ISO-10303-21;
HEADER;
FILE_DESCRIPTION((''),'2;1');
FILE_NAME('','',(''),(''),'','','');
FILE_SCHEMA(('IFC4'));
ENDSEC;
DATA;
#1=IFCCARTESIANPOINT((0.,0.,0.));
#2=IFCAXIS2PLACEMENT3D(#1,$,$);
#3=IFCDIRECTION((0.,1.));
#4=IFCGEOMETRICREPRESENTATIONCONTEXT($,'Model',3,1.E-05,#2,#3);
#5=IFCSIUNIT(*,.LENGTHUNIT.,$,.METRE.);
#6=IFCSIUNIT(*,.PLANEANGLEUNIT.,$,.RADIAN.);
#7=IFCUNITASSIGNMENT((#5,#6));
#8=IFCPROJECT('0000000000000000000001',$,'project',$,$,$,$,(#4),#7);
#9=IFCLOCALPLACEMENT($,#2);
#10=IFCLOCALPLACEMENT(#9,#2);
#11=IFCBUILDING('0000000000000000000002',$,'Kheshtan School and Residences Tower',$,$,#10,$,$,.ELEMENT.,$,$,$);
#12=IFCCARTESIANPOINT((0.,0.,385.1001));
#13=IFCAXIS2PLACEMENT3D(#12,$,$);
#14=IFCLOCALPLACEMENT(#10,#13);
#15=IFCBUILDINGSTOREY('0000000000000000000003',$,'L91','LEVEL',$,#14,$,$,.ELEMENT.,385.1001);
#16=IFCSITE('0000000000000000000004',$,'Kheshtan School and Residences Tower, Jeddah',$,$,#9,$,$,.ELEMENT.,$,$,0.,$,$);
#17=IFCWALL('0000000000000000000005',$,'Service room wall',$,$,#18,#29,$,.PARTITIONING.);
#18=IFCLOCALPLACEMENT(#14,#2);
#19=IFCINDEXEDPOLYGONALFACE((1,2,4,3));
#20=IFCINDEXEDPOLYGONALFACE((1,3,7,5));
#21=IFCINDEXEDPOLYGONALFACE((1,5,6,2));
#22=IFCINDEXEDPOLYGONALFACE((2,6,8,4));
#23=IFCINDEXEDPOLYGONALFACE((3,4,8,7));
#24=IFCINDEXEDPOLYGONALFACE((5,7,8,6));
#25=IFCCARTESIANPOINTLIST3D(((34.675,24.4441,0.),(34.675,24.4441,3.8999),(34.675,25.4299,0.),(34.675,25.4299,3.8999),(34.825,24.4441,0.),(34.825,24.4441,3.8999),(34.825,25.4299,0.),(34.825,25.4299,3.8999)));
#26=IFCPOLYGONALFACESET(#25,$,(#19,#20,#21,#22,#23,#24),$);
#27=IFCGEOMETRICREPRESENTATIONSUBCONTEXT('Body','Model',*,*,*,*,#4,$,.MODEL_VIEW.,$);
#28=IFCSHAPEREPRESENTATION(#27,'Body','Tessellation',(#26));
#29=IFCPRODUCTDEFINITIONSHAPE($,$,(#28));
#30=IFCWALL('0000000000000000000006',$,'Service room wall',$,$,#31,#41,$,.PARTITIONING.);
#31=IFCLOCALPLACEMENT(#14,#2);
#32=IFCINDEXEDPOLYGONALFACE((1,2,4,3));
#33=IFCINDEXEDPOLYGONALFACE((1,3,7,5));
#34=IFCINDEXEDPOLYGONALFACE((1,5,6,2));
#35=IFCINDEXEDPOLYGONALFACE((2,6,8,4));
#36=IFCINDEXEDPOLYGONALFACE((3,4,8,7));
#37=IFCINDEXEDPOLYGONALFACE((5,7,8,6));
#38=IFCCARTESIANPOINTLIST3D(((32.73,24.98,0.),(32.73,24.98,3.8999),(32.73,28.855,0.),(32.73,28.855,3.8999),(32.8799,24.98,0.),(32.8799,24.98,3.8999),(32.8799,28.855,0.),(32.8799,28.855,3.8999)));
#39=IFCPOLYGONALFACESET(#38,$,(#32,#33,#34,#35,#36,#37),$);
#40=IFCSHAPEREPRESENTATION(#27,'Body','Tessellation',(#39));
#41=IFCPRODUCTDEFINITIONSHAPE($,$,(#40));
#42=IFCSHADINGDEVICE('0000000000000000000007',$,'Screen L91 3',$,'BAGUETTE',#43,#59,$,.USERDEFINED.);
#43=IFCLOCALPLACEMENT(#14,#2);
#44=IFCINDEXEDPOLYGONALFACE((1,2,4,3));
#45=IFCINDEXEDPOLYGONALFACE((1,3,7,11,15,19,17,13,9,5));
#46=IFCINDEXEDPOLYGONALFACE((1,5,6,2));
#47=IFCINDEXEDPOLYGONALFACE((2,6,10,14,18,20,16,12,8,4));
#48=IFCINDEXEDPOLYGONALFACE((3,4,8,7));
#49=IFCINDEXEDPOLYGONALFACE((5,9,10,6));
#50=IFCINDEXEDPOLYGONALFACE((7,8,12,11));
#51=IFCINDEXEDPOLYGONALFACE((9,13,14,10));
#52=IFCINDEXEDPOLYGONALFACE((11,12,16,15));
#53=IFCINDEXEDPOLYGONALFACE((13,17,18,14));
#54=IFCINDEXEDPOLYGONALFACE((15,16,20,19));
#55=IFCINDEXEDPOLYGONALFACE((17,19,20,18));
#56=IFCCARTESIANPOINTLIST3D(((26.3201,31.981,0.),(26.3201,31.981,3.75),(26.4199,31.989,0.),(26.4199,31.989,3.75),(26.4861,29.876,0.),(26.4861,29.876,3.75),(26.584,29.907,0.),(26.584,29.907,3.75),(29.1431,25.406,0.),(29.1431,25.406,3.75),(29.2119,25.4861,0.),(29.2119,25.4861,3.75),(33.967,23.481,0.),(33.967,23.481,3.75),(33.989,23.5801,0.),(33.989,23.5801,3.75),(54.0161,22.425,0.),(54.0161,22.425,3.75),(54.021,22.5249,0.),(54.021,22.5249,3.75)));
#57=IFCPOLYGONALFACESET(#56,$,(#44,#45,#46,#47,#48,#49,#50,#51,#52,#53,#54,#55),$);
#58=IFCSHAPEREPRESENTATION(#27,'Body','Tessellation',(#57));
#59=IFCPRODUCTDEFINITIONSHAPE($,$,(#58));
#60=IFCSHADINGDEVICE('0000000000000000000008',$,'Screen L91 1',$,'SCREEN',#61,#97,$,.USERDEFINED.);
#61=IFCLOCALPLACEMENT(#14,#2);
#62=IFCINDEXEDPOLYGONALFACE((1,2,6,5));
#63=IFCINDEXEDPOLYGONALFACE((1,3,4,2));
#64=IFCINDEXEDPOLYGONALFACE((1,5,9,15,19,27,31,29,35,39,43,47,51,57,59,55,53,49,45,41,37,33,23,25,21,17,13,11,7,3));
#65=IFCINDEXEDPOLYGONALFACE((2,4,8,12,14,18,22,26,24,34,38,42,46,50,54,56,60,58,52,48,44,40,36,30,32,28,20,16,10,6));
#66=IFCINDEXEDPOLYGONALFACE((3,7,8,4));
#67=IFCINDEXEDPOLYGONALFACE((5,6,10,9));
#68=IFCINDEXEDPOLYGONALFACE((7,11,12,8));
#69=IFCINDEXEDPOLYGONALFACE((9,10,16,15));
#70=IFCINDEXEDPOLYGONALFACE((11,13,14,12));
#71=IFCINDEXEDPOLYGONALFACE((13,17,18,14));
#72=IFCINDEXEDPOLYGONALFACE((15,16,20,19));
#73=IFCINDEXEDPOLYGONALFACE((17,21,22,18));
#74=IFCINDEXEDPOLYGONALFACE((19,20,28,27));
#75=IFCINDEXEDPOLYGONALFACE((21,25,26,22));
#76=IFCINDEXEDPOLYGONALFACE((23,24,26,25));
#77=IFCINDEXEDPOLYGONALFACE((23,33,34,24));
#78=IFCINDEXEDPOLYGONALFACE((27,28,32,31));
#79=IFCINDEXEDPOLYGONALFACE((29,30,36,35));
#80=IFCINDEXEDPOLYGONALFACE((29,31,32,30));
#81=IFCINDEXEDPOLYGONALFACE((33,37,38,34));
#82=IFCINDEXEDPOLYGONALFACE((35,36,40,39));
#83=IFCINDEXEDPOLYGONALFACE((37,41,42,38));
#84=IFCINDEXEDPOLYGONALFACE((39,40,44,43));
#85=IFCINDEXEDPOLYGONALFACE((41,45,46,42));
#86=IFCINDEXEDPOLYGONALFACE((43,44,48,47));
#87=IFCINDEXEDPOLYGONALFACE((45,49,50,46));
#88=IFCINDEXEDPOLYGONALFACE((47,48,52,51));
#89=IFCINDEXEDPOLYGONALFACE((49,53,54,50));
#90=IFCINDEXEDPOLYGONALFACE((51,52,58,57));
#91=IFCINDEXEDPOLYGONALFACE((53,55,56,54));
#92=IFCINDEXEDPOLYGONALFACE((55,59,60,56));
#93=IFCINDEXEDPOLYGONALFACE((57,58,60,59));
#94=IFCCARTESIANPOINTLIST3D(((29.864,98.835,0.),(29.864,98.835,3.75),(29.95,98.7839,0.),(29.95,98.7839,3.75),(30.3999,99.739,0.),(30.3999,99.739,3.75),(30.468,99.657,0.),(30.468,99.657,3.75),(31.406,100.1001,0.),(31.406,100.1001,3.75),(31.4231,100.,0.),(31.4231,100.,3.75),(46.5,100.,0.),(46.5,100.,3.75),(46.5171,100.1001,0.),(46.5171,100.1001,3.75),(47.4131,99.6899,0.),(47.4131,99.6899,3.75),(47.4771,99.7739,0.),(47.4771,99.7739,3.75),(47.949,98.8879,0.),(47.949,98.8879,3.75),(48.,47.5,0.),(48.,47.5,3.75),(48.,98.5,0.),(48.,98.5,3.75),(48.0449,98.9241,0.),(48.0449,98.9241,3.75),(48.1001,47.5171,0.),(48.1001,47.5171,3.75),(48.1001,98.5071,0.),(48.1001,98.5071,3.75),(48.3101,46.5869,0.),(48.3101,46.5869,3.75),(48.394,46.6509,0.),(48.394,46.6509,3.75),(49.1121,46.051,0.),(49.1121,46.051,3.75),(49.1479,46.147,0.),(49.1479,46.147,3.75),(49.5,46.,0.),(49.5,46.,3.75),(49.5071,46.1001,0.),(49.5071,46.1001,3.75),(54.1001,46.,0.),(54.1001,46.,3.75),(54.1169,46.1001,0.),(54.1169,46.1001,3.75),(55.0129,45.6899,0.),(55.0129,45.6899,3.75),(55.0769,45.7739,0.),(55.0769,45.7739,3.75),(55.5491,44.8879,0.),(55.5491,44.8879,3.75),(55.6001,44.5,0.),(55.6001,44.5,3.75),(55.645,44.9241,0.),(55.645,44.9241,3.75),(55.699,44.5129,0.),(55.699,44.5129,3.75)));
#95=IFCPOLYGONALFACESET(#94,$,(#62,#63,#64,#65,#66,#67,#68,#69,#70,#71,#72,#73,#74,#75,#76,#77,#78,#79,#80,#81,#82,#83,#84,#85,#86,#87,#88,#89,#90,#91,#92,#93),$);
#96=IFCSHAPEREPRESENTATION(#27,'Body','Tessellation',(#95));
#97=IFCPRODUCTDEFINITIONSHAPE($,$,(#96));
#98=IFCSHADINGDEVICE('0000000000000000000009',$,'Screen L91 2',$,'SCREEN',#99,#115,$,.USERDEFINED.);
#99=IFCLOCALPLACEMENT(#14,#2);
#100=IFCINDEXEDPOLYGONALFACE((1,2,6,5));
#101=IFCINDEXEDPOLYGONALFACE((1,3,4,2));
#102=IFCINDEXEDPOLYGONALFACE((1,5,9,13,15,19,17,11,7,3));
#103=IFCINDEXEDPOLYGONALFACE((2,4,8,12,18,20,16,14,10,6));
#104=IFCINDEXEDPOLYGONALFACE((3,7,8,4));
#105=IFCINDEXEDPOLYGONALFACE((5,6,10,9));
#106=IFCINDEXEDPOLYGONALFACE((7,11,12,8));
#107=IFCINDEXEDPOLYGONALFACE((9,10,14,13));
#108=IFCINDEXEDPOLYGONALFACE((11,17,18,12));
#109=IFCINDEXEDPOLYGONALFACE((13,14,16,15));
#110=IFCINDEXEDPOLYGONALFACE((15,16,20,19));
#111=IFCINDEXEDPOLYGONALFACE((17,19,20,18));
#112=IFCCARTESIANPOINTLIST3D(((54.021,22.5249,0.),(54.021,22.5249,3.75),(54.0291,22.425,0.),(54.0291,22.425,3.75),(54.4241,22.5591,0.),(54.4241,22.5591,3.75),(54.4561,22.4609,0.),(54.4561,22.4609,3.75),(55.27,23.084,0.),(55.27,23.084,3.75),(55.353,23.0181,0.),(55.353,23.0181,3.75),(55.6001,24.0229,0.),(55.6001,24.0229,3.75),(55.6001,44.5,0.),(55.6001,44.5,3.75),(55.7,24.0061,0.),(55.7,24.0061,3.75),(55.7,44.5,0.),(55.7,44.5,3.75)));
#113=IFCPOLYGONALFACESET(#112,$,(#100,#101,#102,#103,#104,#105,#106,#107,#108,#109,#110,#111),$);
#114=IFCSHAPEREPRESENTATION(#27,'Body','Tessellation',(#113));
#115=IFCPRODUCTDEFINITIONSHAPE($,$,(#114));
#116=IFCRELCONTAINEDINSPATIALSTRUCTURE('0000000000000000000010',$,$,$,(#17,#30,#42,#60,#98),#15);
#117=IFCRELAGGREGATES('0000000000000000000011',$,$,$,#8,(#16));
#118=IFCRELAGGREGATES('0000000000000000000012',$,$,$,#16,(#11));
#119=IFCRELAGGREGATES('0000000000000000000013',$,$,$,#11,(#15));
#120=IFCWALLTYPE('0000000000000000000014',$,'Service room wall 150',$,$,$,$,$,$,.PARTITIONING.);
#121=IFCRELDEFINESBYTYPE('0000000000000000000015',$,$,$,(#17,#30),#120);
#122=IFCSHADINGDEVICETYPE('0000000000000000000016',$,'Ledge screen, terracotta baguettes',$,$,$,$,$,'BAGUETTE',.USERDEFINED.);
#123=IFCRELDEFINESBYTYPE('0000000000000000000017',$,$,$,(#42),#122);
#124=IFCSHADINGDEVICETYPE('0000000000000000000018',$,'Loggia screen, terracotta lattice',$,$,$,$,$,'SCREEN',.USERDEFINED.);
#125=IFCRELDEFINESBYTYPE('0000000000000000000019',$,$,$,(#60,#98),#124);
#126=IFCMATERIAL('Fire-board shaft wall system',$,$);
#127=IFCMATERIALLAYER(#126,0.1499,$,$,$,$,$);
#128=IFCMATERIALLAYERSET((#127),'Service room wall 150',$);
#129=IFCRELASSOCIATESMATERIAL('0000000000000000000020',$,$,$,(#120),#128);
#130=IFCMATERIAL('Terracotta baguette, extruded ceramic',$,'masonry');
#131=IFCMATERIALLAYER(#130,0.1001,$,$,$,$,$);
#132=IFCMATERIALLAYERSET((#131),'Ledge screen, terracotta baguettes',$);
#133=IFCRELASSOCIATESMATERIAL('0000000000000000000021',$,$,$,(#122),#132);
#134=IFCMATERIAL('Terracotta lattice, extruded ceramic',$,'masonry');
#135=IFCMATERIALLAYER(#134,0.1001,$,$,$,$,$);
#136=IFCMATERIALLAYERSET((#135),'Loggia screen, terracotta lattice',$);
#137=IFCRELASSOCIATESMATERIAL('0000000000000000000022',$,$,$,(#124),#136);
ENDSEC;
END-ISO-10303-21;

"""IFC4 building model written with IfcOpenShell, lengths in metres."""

from ifc_helpers import new_model, si_unit, direction, frame, frame_2d, origin, place, context, subcontext, project, spatial, polyline, rectangle, outline, extrude, material, layer, layer_set, type_object, element, save


model = new_model("IFC4")

# Units and contexts
model_context = context("Model", 3, precision=1e-05, world=origin(), true_north=direction((0.0, 1.0)))
body_context = subcontext(model_context, "Body", "Model", "MODEL_VIEW")
ifc_project = project(units=[si_unit("LENGTHUNIT", "METRE"), si_unit("PLANEANGLEUNIT", "RADIAN")], contexts=[model_context])

# Site, building, storey
site_placement = place(None, origin())
site = spatial("IfcSite", under=ifc_project, at=site_placement, Name="Kheshtan School and Residences Tower, Jeddah", CompositionType="ELEMENT", RefElevation=0.0)
building_placement = place(site_placement, origin())
building = spatial("IfcBuilding", under=site, at=building_placement, Name="Kheshtan School and Residences Tower", CompositionType="ELEMENT")
storey_placement = place(building_placement, frame((0.0, 0.0, 385.1001)))
storey = spatial("IfcBuildingStorey", under=building, at=storey_placement, Name="L91", Description="LEVEL", CompositionType="ELEMENT", Elevation=385.1001)

# Walls
ifc_material_1 = material(Name="Fire-board shaft wall system")
ifc_layer_1 = layer(ifc_material_1, 0.1499)
ifc_layer_set_1 = layer_set([ifc_layer_1], Name="Service room wall 150")
wall_type_1 = type_object("IfcWallType", Name="Service room wall 150", PredefinedType="PARTITIONING", material=ifc_layer_set_1)
wall_1_placement = place(storey_placement, frame((34.75, 24.4441, 0.0), z_axis=(0.0, 0.0, 1.0), x_axis=(0.0, 1.0, 0.0)))
element("IfcWall", 1, at=wall_1_placement, inside=storey, type_object=wall_type_1, Name="Service room wall", PredefinedType="PARTITIONING", context=body_context, shape_type="SweptSolid", body=[
    extrude(rectangle(XDim=0.9858, YDim=0.1499, at=frame_2d((0.4929, 0.0))), origin(), (0.0, 0.0, 1.0), 3.8999),
])
wall_2_placement = place(storey_placement, frame((32.8049, 24.98, 0.0), z_axis=(0.0, 0.0, 1.0), x_axis=(0.0, 1.0, 0.0)))
element("IfcWall", 2, at=wall_2_placement, inside=storey, type_object=wall_type_1, Name="Service room wall", PredefinedType="PARTITIONING", context=body_context, shape_type="SweptSolid", body=[
    extrude(rectangle(XDim=3.875, YDim=0.1499, at=frame_2d((1.9375, 0.0))), origin(), (0.0, 0.0, 1.0), 3.8999),
])

# Shading devices
ifc_material_2 = material(Name="Terracotta baguette, extruded ceramic", Category="masonry")
ifc_layer_2 = layer(ifc_material_2, 0.1001)
ifc_layer_set_2 = layer_set([ifc_layer_2], Name="Ledge screen, terracotta baguettes")
shading_device_type_1 = type_object("IfcShadingDeviceType", Name="Ledge screen, terracotta baguettes", ElementType="BAGUETTE", PredefinedType="USERDEFINED", material=ifc_layer_set_2)
shading_device_1_placement = place(storey_placement, origin())
element("IfcShadingDevice", 3, at=shading_device_1_placement, inside=storey, type_object=shading_device_type_1, Name="Screen L91 3", ObjectType="BAGUETTE", PredefinedType="USERDEFINED", context=body_context, shape_type="SweptSolid", body=[
    extrude(outline(polyline([(54.021, 22.5249), (33.989, 23.5801), (29.2119, 25.4861), (26.584, 29.907), (26.4199, 31.989), (26.3201, 31.981), (26.4861, 29.876), (29.1431, 25.406), (33.967, 23.481), (54.0161, 22.425), (54.021, 22.5249)])), origin(), (0.0, 0.0, 1.0), 3.75),
])
ifc_material_3 = material(Name="Terracotta lattice, extruded ceramic", Category="masonry")
ifc_layer_3 = layer(ifc_material_3, 0.1001)
ifc_layer_set_3 = layer_set([ifc_layer_3], Name="Loggia screen, terracotta lattice")
shading_device_type_2 = type_object("IfcShadingDeviceType", Name="Loggia screen, terracotta lattice", ElementType="SCREEN", PredefinedType="USERDEFINED", material=ifc_layer_set_3)
shading_device_2_placement = place(storey_placement, origin())
element("IfcShadingDevice", 4, at=shading_device_2_placement, inside=storey, type_object=shading_device_type_2, Name="Screen L91 1", ObjectType="SCREEN", PredefinedType="USERDEFINED", context=body_context, shape_type="SweptSolid", body=[
    extrude(outline(polyline([(29.95, 98.7839), (30.468, 99.657), (31.4231, 100.0), (46.5, 100.0), (47.4131, 99.6899), (47.949, 98.8879), (48.0, 98.5), (48.0, 47.5), (48.3101, 46.5869), (49.1121, 46.051), (49.5, 46.0), (54.1001, 46.0), (55.0129, 45.6899), (55.5491, 44.8879), (55.6001, 44.5), (55.699, 44.5129), (55.645, 44.9241), (55.0769, 45.7739), (54.1169, 46.1001), (49.5071, 46.1001), (49.1479, 46.147), (48.394, 46.6509), (48.1001, 47.5171), (48.1001, 98.5071), (48.0449, 98.9241), (47.4771, 99.7739), (46.5171, 100.1001), (31.406, 100.1001), (30.3999, 99.739), (29.864, 98.835), (29.95, 98.7839)])), origin(), (0.0, 0.0, 1.0), 3.75),
])
shading_device_3_placement = place(storey_placement, origin())
element("IfcShadingDevice", 5, at=shading_device_3_placement, inside=storey, type_object=shading_device_type_2, Name="Screen L91 2", ObjectType="SCREEN", PredefinedType="USERDEFINED", context=body_context, shape_type="SweptSolid", body=[
    extrude(outline(polyline([(55.6001, 44.5), (55.6001, 24.0229), (55.27, 23.084), (54.4241, 22.5591), (54.021, 22.5249), (54.0291, 22.425), (54.4561, 22.4609), (55.353, 23.0181), (55.7, 24.0061), (55.7, 44.5), (55.6001, 44.5)])), origin(), (0.0, 0.0, 1.0), 3.75),
])

save(model, "model.ifc")
